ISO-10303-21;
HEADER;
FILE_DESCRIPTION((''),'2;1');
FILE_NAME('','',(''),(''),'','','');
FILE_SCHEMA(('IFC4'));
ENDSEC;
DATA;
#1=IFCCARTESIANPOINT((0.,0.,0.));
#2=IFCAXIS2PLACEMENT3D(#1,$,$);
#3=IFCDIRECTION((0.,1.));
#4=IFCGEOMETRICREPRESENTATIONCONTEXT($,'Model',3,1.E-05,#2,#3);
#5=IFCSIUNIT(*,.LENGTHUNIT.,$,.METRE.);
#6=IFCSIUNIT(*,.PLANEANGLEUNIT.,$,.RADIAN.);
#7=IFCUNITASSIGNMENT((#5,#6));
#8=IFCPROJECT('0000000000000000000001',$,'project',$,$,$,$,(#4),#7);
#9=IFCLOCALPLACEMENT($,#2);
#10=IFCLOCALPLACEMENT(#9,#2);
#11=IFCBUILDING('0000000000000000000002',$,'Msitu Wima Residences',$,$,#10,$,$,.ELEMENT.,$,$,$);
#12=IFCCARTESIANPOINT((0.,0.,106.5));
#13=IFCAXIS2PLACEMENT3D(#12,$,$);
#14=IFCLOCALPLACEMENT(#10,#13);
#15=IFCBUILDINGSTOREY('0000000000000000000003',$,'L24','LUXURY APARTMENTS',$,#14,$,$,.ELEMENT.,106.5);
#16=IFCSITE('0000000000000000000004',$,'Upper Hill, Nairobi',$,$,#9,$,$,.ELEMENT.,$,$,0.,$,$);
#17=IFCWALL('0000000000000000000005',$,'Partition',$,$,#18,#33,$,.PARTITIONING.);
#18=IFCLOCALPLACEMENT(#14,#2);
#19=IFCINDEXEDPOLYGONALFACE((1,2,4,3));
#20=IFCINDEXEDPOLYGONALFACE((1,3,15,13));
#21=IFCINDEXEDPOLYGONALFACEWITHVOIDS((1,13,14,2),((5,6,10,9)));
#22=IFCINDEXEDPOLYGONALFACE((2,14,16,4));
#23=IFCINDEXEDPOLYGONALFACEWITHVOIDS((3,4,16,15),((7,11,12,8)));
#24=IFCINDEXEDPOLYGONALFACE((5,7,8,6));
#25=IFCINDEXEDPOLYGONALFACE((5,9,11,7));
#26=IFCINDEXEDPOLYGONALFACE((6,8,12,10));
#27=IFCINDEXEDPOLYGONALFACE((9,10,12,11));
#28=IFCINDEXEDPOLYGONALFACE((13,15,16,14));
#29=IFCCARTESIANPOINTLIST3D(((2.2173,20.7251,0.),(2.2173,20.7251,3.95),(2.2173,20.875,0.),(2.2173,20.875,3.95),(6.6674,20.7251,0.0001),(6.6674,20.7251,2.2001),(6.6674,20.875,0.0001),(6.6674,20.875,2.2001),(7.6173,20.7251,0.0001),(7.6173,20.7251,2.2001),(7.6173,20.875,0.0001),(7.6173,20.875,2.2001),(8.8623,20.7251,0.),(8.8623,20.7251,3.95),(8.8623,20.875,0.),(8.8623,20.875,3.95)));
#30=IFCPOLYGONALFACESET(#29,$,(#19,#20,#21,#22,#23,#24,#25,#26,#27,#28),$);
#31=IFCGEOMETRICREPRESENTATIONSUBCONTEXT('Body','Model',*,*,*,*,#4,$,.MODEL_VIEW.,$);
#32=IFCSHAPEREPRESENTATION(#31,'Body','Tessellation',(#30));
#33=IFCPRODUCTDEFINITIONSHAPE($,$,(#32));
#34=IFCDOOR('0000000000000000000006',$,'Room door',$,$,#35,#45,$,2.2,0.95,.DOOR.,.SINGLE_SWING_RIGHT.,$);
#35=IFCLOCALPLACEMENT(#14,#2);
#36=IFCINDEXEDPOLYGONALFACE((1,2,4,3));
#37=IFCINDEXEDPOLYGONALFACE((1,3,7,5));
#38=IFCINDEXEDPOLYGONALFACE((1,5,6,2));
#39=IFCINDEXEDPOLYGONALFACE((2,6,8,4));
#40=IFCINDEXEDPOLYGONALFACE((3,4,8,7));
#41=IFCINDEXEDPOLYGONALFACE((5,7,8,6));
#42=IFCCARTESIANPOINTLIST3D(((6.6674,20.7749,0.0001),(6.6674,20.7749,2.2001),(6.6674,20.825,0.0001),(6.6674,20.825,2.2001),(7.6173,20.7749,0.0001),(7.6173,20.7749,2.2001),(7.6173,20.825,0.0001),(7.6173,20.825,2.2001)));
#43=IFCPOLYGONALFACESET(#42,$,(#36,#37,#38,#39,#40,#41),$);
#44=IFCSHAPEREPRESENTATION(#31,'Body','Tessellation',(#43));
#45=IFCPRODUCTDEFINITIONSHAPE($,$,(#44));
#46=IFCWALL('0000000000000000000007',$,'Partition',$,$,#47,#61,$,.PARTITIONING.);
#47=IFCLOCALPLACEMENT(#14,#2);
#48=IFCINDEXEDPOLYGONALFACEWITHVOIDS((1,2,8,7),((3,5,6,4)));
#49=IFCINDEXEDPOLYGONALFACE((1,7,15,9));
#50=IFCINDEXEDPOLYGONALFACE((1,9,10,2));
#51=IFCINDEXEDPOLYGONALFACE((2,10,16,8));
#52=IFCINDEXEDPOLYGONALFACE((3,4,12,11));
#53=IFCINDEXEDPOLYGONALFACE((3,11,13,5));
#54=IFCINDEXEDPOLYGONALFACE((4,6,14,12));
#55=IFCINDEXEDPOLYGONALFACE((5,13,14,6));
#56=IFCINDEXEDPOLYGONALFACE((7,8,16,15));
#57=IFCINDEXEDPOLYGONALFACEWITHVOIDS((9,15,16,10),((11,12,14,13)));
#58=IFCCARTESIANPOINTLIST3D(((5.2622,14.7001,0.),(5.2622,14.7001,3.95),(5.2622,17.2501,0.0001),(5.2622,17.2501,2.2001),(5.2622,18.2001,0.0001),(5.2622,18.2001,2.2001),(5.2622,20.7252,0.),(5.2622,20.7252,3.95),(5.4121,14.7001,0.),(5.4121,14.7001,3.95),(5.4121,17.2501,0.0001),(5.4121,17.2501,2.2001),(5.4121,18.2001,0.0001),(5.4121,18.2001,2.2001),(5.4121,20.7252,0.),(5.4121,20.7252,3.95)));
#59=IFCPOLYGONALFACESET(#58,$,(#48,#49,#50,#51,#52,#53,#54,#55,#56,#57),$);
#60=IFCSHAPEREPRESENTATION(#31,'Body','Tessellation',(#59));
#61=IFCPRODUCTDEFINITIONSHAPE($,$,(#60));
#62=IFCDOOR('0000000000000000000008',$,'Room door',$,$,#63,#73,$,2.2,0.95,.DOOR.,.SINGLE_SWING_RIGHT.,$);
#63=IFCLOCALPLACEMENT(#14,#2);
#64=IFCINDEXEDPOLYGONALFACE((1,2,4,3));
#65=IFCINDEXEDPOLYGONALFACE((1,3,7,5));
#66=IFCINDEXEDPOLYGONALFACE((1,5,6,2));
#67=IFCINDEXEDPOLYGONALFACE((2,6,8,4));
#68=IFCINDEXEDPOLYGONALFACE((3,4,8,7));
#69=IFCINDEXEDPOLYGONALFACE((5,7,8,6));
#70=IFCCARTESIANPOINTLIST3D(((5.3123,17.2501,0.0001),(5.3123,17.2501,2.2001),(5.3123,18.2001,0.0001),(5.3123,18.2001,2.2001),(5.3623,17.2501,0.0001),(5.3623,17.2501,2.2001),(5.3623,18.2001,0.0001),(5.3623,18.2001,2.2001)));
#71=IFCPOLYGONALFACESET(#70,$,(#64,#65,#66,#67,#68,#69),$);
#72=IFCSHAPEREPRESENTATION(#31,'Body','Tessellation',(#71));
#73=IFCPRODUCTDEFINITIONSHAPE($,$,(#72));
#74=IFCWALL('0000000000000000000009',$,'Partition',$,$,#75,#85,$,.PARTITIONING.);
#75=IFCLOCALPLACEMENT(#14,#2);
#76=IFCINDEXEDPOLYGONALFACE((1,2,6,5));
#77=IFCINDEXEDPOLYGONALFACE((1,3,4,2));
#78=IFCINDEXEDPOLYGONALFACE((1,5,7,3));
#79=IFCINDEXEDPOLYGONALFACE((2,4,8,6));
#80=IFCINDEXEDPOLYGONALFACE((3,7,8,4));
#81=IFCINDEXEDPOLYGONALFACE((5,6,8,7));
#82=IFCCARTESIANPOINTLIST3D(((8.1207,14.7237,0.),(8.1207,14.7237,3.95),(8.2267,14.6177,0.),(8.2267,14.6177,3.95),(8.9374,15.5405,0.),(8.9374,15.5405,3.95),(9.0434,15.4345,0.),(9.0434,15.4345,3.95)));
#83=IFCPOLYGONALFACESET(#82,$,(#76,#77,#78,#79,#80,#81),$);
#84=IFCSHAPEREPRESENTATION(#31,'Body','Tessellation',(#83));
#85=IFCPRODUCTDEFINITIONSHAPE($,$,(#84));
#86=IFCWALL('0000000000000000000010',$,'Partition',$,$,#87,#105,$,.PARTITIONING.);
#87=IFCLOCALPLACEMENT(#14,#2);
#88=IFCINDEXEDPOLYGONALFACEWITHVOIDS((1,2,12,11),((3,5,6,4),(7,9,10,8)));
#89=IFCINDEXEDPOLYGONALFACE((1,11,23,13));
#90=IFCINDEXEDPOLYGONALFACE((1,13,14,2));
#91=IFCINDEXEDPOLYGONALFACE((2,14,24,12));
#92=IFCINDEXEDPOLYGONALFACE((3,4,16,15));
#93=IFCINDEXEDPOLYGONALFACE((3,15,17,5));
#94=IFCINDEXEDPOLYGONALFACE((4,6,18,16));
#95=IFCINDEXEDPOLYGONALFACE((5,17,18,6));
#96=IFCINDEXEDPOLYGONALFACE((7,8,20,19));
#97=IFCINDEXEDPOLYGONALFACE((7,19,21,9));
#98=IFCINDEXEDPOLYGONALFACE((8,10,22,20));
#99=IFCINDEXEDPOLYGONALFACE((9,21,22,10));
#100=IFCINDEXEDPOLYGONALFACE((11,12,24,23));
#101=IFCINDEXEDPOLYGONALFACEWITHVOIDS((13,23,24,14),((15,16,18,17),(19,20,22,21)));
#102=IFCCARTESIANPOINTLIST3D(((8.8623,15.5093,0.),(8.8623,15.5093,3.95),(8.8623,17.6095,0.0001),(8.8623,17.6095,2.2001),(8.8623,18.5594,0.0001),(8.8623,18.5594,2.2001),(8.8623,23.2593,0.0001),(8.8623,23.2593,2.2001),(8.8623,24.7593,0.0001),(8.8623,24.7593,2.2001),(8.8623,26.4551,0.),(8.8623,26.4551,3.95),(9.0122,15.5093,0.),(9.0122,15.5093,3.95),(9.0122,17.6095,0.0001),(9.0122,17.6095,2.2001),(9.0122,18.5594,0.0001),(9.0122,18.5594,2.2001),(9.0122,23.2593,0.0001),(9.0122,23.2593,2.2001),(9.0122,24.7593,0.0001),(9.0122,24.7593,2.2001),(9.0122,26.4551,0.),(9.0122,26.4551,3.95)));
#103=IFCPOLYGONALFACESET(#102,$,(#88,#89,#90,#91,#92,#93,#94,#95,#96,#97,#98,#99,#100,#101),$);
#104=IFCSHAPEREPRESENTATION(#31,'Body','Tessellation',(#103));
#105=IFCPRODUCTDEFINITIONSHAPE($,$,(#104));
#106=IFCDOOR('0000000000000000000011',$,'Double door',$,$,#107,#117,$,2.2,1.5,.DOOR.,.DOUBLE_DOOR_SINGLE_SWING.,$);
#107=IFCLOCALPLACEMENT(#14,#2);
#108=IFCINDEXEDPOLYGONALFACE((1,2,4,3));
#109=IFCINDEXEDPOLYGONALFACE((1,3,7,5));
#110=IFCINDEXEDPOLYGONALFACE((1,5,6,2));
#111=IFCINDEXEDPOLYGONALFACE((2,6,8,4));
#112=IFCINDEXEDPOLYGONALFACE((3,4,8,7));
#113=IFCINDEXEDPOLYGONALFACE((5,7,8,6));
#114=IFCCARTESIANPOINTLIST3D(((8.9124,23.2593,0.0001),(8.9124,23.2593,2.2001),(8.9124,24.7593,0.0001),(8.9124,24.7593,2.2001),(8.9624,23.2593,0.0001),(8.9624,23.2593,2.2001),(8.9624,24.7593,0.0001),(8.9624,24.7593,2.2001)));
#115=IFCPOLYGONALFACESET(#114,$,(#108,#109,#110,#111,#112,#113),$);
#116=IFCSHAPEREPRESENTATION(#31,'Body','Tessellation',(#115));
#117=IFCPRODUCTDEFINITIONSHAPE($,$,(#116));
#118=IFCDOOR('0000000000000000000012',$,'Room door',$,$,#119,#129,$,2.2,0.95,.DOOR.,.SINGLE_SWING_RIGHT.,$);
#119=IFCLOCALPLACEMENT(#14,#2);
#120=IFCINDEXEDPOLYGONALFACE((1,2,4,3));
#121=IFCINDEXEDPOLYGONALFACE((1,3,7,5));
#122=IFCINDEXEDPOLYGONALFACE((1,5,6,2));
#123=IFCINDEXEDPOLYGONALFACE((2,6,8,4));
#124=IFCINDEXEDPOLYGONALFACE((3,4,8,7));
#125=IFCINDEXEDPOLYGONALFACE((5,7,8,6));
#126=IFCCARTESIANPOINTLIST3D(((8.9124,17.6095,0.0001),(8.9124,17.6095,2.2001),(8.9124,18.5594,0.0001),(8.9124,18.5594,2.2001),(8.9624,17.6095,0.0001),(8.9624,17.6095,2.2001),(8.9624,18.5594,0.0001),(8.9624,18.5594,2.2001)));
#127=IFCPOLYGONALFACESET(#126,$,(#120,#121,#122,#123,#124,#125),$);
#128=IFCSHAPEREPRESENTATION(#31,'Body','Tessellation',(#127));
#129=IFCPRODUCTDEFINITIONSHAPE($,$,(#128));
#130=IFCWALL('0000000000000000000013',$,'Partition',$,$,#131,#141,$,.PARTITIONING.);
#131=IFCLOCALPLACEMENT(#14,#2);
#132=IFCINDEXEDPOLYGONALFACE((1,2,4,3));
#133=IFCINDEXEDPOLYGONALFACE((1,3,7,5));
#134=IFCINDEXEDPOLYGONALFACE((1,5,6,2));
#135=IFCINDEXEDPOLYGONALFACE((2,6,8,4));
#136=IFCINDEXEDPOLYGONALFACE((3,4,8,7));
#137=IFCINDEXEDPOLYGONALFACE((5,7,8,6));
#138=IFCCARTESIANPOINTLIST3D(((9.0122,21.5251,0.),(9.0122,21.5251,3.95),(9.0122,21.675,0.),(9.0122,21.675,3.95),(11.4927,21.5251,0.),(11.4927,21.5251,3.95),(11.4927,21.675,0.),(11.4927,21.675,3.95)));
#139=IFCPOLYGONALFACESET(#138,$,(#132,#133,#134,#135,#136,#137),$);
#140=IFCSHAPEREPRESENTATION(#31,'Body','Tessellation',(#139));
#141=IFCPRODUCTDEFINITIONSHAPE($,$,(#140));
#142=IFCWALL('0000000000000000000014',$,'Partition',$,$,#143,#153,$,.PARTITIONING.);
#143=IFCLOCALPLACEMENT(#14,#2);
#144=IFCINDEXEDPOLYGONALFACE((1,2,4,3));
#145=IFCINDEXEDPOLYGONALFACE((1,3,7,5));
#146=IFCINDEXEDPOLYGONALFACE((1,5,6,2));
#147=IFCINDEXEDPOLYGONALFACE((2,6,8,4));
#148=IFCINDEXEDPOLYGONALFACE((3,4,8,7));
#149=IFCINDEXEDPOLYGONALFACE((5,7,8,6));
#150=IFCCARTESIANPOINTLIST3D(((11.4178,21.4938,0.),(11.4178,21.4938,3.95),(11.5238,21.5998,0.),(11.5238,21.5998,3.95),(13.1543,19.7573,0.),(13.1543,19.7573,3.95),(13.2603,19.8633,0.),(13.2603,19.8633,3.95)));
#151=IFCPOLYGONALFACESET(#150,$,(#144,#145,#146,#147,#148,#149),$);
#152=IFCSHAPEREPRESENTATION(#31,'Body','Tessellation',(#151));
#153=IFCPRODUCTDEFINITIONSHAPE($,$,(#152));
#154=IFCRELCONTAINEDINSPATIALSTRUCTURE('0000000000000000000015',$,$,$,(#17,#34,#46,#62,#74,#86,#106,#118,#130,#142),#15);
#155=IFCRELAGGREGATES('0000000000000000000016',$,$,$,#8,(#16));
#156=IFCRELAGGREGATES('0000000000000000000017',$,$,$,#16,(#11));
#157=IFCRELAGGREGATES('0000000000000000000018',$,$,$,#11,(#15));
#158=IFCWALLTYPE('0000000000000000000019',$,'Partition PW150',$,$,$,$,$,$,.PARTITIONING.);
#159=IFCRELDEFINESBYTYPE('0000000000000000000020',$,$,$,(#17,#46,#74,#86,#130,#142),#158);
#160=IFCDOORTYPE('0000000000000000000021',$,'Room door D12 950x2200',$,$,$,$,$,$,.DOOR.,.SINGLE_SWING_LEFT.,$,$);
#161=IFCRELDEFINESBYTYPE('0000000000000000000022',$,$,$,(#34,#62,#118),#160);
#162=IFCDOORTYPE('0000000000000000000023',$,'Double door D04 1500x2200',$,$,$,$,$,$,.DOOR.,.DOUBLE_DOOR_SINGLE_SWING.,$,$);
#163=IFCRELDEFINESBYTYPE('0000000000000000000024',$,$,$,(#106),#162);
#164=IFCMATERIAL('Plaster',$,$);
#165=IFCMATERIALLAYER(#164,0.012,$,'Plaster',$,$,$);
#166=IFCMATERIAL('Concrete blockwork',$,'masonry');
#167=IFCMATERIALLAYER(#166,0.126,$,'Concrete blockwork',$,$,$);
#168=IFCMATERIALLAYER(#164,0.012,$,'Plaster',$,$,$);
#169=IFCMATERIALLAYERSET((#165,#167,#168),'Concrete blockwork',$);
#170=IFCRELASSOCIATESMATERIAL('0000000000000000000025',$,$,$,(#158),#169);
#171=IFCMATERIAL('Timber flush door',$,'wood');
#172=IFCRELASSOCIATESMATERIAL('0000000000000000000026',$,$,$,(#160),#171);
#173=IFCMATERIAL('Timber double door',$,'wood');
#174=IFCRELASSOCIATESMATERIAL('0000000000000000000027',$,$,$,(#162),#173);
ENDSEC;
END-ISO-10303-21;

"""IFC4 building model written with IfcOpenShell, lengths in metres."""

from ifc_helpers import new_model, si_unit, direction, frame, frame_2d, origin, place, context, subcontext, project, spatial, rectangle, extrude, material, layer, layer_set, type_object, element, fill, save


model = new_model("IFC4")

# Units and contexts
model_context = context("Model", 3, precision=1e-05, world=origin(), true_north=direction((0.0, 1.0)))
body_context = subcontext(model_context, "Body", "Model", "MODEL_VIEW")
ifc_project = project(units=[si_unit("LENGTHUNIT", "METRE"), si_unit("PLANEANGLEUNIT", "RADIAN")], contexts=[model_context])

# Site, building, storey
site_placement = place(None, origin())
site = spatial("IfcSite", under=ifc_project, at=site_placement, Name="Upper Hill, Nairobi", CompositionType="ELEMENT", RefElevation=0.0)
building_placement = place(site_placement, origin())
building = spatial("IfcBuilding", under=site, at=building_placement, Name="Msitu Wima Residences", CompositionType="ELEMENT")
storey_placement = place(building_placement, frame((0.0, 0.0, 106.5)))
storey = spatial("IfcBuildingStorey", under=building, at=storey_placement, Name="L24", Description="LUXURY APARTMENTS", CompositionType="ELEMENT", Elevation=106.5)

# Walls, openings, doors
ifc_material_1 = material(Name="Plaster")
ifc_layer_1 = layer(ifc_material_1, 0.012, Name="Plaster")
ifc_material_2 = material(Name="Concrete blockwork", Category="masonry")
ifc_layer_2 = layer(ifc_material_2, 0.126, Name="Concrete blockwork")
ifc_layer_3 = layer(ifc_material_1, 0.012, Name="Plaster")
ifc_layer_set_1 = layer_set([ifc_layer_1, ifc_layer_2, ifc_layer_3], Name="Concrete blockwork")
wall_type_1 = type_object("IfcWallType", Name="Partition PW150", PredefinedType="PARTITIONING", material=ifc_layer_set_1)
ifc_material_3 = material(Name="Timber flush door", Category="wood")
door_type_1 = type_object("IfcDoorType", Name="Room door D12 950x2200", OperationType="SINGLE_SWING_LEFT", PredefinedType="DOOR", material=ifc_material_3)
wall_1_placement = place(storey_placement, frame((2.2173, 20.8, 0.0), z_axis=(0.0, 0.0, 1.0), x_axis=(1.0, 0.0, 0.0)))
wall_1 = element("IfcWall", 1, at=wall_1_placement, inside=storey, type_object=wall_type_1, Name="Partition", PredefinedType="PARTITIONING", context=body_context, shape_type="SweptSolid", body=[
    extrude(rectangle(XDim=6.645, YDim=0.1499, at=frame_2d((3.3225, 0.0))), origin(), (0.0, 0.0, 1.0), 3.95),
])
opening_1_placement = place(wall_1_placement, frame((4.45, 0.0, 0.0)))
opening_1 = element("IfcOpeningElement", 2, at=opening_1_placement, cuts=wall_1, PredefinedType="OPENING", context=body_context, shape_type="SweptSolid", body=[
    extrude(rectangle(XDim=0.95, YDim=2.2, at=frame_2d((0.4751, 1.1001))), frame((0.0, 0.085, 0.0), z_axis=(0.0, -1.0, 0.0), x_axis=(1.0, 0.0, 0.0)), (0.0, 0.0, 1.0), 0.1699),
])
door_1_placement = place(opening_1_placement, origin())
door_1 = element("IfcDoor", 3, at=door_1_placement, inside=storey, type_object=door_type_1, Name="Room door", OperationType="SINGLE_SWING_RIGHT", OverallHeight=2.2, OverallWidth=0.95, PredefinedType="DOOR", context=body_context, shape_type="SweptSolid", body=[
    extrude(rectangle(XDim=0.95, YDim=2.2, at=frame_2d((0.4751, 1.1001))), frame((0.0, 0.0249, 0.0), z_axis=(0.0, -1.0, 0.0), x_axis=(1.0, 0.0, 0.0)), (0.0, 0.0, 1.0), 0.05),
])
fill(opening_1, door_1)
wall_2_placement = place(storey_placement, frame((5.3372, 14.7, 0.0), z_axis=(0.0, 0.0, 1.0), x_axis=(0.0, 1.0, 0.0)))
wall_2 = element("IfcWall", 4, at=wall_2_placement, inside=storey, type_object=wall_type_1, Name="Partition", PredefinedType="PARTITIONING", context=body_context, shape_type="SweptSolid", body=[
    extrude(rectangle(XDim=6.0251, YDim=0.1499, at=frame_2d((3.0127, 0.0))), origin(), (0.0, 0.0, 1.0), 3.95),
])
opening_2_placement = place(wall_2_placement, frame((2.55, 0.0, 0.0)))
opening_2 = element("IfcOpeningElement", 5, at=opening_2_placement, cuts=wall_2, PredefinedType="OPENING", context=body_context, shape_type="SweptSolid", body=[
    extrude(rectangle(XDim=0.95, YDim=2.2, at=frame_2d((0.4751, 1.1001))), frame((0.0, 0.085, 0.0), z_axis=(0.0, -1.0, 0.0), x_axis=(1.0, 0.0, 0.0)), (0.0, 0.0, 1.0), 0.1699),
])
door_2_placement = place(opening_2_placement, origin())
door_2 = element("IfcDoor", 6, at=door_2_placement, inside=storey, type_object=door_type_1, Name="Room door", OperationType="SINGLE_SWING_RIGHT", OverallHeight=2.2, OverallWidth=0.95, PredefinedType="DOOR", context=body_context, shape_type="SweptSolid", body=[
    extrude(rectangle(XDim=0.95, YDim=2.2, at=frame_2d((0.4751, 1.1001))), frame((0.0, 0.0249, 0.0), z_axis=(0.0, -1.0, 0.0), x_axis=(1.0, 0.0, 0.0)), (0.0, 0.0, 1.0), 0.05),
])
fill(opening_2, door_2)

# Wall
wall_3_placement = place(storey_placement, frame((8.1736, 14.6707, 0.0), z_axis=(0.0, 0.0, 1.0), x_axis=(0.707107, 0.707107, 0.0)))
element("IfcWall", 7, at=wall_3_placement, inside=storey, type_object=wall_type_1, Name="Partition", PredefinedType="PARTITIONING", context=body_context, shape_type="SweptSolid", body=[
    extrude(rectangle(XDim=1.155, YDim=0.1499, at=frame_2d((0.5776, 0.0))), origin(), (0.0, 0.0, 1.0), 3.95),
])

# Wall, openings, doors
wall_4_placement = place(storey_placement, frame((8.9373, 15.5093, 0.0), z_axis=(0.0, 0.0, 1.0), x_axis=(0.0, 1.0, 0.0)))
wall_4 = element("IfcWall", 8, at=wall_4_placement, inside=storey, type_object=wall_type_1, Name="Partition", PredefinedType="PARTITIONING", context=body_context, shape_type="SweptSolid", body=[
    extrude(rectangle(XDim=10.9458, YDim=0.1499, at=frame_2d((5.4729, 0.0))), origin(), (0.0, 0.0, 1.0), 3.95),
])
opening_3_placement = place(wall_4_placement, frame((2.1001, 0.0, 0.0)))
opening_3 = element("IfcOpeningElement", 9, at=opening_3_placement, cuts=wall_4, PredefinedType="OPENING", context=body_context, shape_type="SweptSolid", body=[
    extrude(rectangle(XDim=0.95, YDim=2.2, at=frame_2d((0.4751, 1.1001))), frame((0.0, 0.085, 0.0), z_axis=(0.0, -1.0, 0.0), x_axis=(1.0, 0.0, 0.0)), (0.0, 0.0, 1.0), 0.1699),
])
opening_4_placement = place(wall_4_placement, frame((7.75, 0.0, 0.0)))
opening_4 = element("IfcOpeningElement", 10, at=opening_4_placement, cuts=wall_4, PredefinedType="OPENING", context=body_context, shape_type="SweptSolid", body=[
    extrude(rectangle(XDim=1.5, YDim=2.2, at=frame_2d((0.75, 1.1001))), frame((0.0, 0.085, 0.0), z_axis=(0.0, -1.0, 0.0), x_axis=(1.0, 0.0, 0.0)), (0.0, 0.0, 1.0), 0.1699),
])
ifc_material_4 = material(Name="Timber double door", Category="wood")
door_type_2 = type_object("IfcDoorType", Name="Double door D04 1500x2200", OperationType="DOUBLE_DOOR_SINGLE_SWING", PredefinedType="DOOR", material=ifc_material_4)
door_3_placement = place(opening_4_placement, origin())
door_3 = element("IfcDoor", 11, at=door_3_placement, inside=storey, type_object=door_type_2, Name="Double door", OperationType="DOUBLE_DOOR_SINGLE_SWING", OverallHeight=2.2, OverallWidth=1.5, PredefinedType="DOOR", context=body_context, shape_type="SweptSolid", body=[
    extrude(rectangle(XDim=1.5, YDim=2.2, at=frame_2d((0.75, 1.1001))), frame((0.0, 0.0249, 0.0), z_axis=(0.0, -1.0, 0.0), x_axis=(1.0, 0.0, 0.0)), (0.0, 0.0, 1.0), 0.05),
])
fill(opening_4, door_3)
door_4_placement = place(opening_3_placement, origin())
door_4 = element("IfcDoor", 12, at=door_4_placement, inside=storey, type_object=door_type_1, Name="Room door", OperationType="SINGLE_SWING_RIGHT", OverallHeight=2.2, OverallWidth=0.95, PredefinedType="DOOR", context=body_context, shape_type="SweptSolid", body=[
    extrude(rectangle(XDim=0.95, YDim=2.2, at=frame_2d((0.4751, 1.1001))), frame((0.0, 0.0249, 0.0), z_axis=(0.0, -1.0, 0.0), x_axis=(1.0, 0.0, 0.0)), (0.0, 0.0, 1.0), 0.05),
])
fill(opening_3, door_4)

# Walls
wall_5_placement = place(storey_placement, frame((9.0122, 21.6001, 0.0), z_axis=(0.0, 0.0, 1.0), x_axis=(1.0, 0.0, 0.0)))
element("IfcWall", 13, at=wall_5_placement, inside=storey, type_object=wall_type_1, Name="Partition", PredefinedType="PARTITIONING", context=body_context, shape_type="SweptSolid", body=[
    extrude(rectangle(XDim=2.4805, YDim=0.1499, at=frame_2d((1.2402, 0.0))), origin(), (0.0, 0.0, 1.0), 3.95),
])
wall_6_placement = place(storey_placement, frame((11.4707, 21.5469, 0.0), z_axis=(0.0, 0.0, 1.0), x_axis=(0.707107, -0.707107, 0.0)))
element("IfcWall", 14, at=wall_6_placement, inside=storey, type_object=wall_type_1, Name="Partition", PredefinedType="PARTITIONING", context=body_context, shape_type="SweptSolid", body=[
    extrude(rectangle(XDim=2.4558, YDim=0.1499, at=frame_2d((1.228, 0.0))), origin(), (0.0, 0.0, 1.0), 3.95),
])

save(model, "model.ifc")
